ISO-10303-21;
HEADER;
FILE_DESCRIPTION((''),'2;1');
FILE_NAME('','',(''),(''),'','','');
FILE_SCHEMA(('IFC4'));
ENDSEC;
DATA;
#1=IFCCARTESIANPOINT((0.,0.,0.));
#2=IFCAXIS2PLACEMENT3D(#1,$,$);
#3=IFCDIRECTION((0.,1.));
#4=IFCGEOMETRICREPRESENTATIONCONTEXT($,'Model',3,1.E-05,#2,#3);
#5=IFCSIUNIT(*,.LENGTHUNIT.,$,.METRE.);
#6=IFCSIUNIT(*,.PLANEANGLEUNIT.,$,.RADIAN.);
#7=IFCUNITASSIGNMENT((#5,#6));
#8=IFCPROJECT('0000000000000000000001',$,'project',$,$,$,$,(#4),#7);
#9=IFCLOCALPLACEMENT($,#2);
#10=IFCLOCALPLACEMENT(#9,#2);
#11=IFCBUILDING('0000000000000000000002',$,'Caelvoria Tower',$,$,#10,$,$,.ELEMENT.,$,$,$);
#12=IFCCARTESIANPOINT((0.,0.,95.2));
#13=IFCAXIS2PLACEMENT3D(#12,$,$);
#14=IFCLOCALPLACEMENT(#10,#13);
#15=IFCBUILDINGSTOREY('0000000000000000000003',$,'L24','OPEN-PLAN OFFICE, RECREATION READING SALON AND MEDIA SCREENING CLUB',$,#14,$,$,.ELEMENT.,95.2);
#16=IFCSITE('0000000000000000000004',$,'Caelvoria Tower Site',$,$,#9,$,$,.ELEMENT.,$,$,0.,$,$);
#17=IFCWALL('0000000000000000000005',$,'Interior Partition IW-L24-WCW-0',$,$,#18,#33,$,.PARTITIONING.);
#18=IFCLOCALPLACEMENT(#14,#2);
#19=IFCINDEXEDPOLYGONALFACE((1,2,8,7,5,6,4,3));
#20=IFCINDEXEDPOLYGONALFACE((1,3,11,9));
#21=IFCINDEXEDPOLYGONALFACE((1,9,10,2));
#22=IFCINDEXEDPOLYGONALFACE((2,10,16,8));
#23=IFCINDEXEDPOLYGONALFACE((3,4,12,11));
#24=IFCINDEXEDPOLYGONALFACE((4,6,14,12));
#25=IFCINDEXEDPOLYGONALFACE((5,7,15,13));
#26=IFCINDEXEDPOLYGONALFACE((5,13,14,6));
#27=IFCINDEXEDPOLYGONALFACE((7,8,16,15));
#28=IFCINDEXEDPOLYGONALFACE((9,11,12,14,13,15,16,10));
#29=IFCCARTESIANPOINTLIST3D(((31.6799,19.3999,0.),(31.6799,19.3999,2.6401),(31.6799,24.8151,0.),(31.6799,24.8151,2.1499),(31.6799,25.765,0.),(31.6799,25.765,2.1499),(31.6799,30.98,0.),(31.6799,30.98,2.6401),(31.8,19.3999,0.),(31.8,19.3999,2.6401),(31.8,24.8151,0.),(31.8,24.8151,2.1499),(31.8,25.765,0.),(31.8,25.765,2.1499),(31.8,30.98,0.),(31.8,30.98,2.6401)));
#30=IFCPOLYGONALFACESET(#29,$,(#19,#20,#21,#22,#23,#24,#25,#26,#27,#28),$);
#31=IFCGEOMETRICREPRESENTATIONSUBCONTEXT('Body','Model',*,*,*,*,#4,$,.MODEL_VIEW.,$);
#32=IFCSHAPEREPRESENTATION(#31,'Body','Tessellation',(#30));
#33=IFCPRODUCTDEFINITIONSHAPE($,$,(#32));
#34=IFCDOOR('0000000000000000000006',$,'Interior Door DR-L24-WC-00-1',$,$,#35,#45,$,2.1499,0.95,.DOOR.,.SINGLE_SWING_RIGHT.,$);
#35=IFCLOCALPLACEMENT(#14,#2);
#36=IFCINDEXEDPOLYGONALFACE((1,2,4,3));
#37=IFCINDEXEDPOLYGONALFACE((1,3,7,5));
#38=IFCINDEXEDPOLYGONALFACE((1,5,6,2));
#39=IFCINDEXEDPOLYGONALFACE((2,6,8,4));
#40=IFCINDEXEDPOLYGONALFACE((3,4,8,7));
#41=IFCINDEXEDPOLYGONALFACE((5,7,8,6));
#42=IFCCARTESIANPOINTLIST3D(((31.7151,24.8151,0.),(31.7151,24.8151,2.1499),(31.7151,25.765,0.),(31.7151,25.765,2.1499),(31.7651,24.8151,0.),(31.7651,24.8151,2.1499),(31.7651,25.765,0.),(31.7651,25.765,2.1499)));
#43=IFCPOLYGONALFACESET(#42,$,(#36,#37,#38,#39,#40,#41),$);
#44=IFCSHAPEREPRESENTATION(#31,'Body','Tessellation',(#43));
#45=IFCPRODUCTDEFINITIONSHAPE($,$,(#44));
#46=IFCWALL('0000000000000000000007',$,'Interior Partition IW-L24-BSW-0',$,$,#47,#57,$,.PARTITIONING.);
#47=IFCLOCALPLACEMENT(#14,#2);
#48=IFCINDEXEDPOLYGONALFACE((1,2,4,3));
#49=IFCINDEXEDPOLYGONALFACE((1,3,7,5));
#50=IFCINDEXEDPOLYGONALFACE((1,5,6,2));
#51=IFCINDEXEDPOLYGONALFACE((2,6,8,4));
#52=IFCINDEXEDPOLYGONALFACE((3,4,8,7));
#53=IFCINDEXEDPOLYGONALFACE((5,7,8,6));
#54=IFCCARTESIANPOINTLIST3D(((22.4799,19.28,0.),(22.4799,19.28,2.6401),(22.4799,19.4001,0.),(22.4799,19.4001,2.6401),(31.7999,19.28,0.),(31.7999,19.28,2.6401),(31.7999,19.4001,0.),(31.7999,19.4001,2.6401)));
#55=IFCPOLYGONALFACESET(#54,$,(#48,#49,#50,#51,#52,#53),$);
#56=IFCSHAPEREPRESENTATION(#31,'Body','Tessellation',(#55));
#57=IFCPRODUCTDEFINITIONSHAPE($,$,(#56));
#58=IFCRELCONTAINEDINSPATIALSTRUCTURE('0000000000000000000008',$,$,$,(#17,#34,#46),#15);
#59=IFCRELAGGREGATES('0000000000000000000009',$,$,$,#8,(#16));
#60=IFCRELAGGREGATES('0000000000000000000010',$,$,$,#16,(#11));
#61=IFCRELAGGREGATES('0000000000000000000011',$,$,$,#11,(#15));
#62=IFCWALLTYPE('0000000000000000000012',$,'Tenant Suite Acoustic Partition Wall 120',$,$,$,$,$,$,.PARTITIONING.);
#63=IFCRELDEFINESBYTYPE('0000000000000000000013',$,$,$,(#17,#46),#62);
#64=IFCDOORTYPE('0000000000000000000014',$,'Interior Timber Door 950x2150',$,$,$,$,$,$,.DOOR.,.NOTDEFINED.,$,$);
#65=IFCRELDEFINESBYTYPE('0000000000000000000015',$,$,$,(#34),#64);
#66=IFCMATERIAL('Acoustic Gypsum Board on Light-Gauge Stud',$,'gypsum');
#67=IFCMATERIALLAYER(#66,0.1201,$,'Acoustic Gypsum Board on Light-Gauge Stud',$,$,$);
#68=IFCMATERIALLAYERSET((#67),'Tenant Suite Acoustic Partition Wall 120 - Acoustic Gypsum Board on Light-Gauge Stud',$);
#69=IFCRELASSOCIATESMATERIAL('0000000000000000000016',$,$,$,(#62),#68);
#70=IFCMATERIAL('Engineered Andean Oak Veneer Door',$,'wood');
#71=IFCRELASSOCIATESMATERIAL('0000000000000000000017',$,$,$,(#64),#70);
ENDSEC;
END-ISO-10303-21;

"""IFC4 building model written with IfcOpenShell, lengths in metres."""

from ifc_helpers import new_model, si_unit, direction, frame, frame_2d, origin, place, context, subcontext, project, spatial, rectangle, extrude, material, layer, layer_set, type_object, element, fill, save


model = new_model("IFC4")

# Units and contexts
model_context = context("Model", 3, precision=1e-05, world=origin(), true_north=direction((0.0, 1.0)))
body_context = subcontext(model_context, "Body", "Model", "MODEL_VIEW")
ifc_project = project(units=[si_unit("LENGTHUNIT", "METRE"), si_unit("PLANEANGLEUNIT", "RADIAN")], contexts=[model_context])

# Site, building, storey
site_placement = place(None, origin())
site = spatial("IfcSite", under=ifc_project, at=site_placement, Name="Caelvoria Tower Site", CompositionType="ELEMENT", RefElevation=0.0)
building_placement = place(site_placement, origin())
building = spatial("IfcBuilding", under=site, at=building_placement, Name="Caelvoria Tower", CompositionType="ELEMENT")
storey_placement = place(building_placement, frame((0.0, 0.0, 95.2)))
storey = spatial("IfcBuildingStorey", under=building, at=storey_placement, Name="L24", Description="OPEN-PLAN OFFICE, RECREATION READING SALON AND MEDIA SCREENING CLUB", CompositionType="ELEMENT", Elevation=95.2)

# Shared definitions
ifc_material_1 = material(Name="Acoustic Gypsum Board on Light-Gauge Stud", Category="gypsum")
ifc_layer_1 = layer(ifc_material_1, 0.1201, Name="Acoustic Gypsum Board on Light-Gauge Stud")
ifc_layer_set_1 = layer_set([ifc_layer_1], Name="Tenant Suite Acoustic Partition Wall 120 - Acoustic Gypsum Board on Light-Gauge Stud")
wall_type_1 = type_object("IfcWallType", Name="Tenant Suite Acoustic Partition Wall 120", PredefinedType="PARTITIONING", material=ifc_layer_set_1)
ifc_material_2 = material(Name="Engineered Andean Oak Veneer Door", Category="wood")

# Shared definitions
door_type_1 = type_object("IfcDoorType", Name="Interior Timber Door 950x2150", OperationType="NOTDEFINED", PredefinedType="DOOR", material=ifc_material_2)

# Wall, opening, door
wall_1_placement = place(storey_placement, frame((31.74, 19.3999, 0.0), z_axis=(0.0, 0.0, 1.0), x_axis=(0.0, 1.0, 0.0)))
wall_1 = element("IfcWall", 1, at=wall_1_placement, inside=storey, type_object=wall_type_1, Name="Interior Partition IW-L24-WCW-0", PredefinedType="PARTITIONING", context=body_context, shape_type="SweptSolid", body=[
    extrude(rectangle(XDim=11.5801, YDim=0.1201, at=frame_2d((5.79, 0.0))), origin(), (0.0, 0.0, 1.0), 2.6401),
])
opening_1_placement = place(wall_1_placement, frame((5.415, 0.0, 0.0)))
opening_1 = element("IfcOpeningElement", 2, at=opening_1_placement, cuts=wall_1, PredefinedType="OPENING", context=body_context, shape_type="SweptSolid", body=[
    extrude(rectangle(XDim=0.95, YDim=2.1499, at=frame_2d((0.4751, 1.075))), frame((0.0, 0.0701, 0.0), z_axis=(0.0, -1.0, 0.0), x_axis=(1.0, 0.0, 0.0)), (0.0, 0.0, 1.0), 0.1401),
])
door_1_placement = place(opening_1_placement, origin())
door_1 = element("IfcDoor", 3, at=door_1_placement, inside=storey, type_object=door_type_1, Name="Interior Door DR-L24-WC-00-1", OperationType="SINGLE_SWING_RIGHT", OverallHeight=2.1499, OverallWidth=0.95, PredefinedType="DOOR", context=body_context, shape_type="SweptSolid", body=[
    extrude(rectangle(XDim=0.95, YDim=2.1499, at=frame_2d((0.4751, 1.075))), frame((0.0, 0.0249, 0.0), z_axis=(0.0, -1.0, 0.0), x_axis=(1.0, 0.0, 0.0)), (0.0, 0.0, 1.0), 0.05),
])
fill(opening_1, door_1)

# Wall
wall_2_placement = place(storey_placement, frame((31.8, 19.3401, 0.0), z_axis=(0.0, 0.0, 1.0), x_axis=(-1.0, 0.0, 0.0)))
element("IfcWall", 4, at=wall_2_placement, inside=storey, type_object=wall_type_1, Name="Interior Partition IW-L24-BSW-0", PredefinedType="PARTITIONING", context=body_context, shape_type="SweptSolid", body=[
    extrude(rectangle(XDim=9.3201, YDim=0.1201, at=frame_2d((4.6602, 0.0))), origin(), (0.0, 0.0, 1.0), 2.6401),
])

save(model, "model.ifc")
